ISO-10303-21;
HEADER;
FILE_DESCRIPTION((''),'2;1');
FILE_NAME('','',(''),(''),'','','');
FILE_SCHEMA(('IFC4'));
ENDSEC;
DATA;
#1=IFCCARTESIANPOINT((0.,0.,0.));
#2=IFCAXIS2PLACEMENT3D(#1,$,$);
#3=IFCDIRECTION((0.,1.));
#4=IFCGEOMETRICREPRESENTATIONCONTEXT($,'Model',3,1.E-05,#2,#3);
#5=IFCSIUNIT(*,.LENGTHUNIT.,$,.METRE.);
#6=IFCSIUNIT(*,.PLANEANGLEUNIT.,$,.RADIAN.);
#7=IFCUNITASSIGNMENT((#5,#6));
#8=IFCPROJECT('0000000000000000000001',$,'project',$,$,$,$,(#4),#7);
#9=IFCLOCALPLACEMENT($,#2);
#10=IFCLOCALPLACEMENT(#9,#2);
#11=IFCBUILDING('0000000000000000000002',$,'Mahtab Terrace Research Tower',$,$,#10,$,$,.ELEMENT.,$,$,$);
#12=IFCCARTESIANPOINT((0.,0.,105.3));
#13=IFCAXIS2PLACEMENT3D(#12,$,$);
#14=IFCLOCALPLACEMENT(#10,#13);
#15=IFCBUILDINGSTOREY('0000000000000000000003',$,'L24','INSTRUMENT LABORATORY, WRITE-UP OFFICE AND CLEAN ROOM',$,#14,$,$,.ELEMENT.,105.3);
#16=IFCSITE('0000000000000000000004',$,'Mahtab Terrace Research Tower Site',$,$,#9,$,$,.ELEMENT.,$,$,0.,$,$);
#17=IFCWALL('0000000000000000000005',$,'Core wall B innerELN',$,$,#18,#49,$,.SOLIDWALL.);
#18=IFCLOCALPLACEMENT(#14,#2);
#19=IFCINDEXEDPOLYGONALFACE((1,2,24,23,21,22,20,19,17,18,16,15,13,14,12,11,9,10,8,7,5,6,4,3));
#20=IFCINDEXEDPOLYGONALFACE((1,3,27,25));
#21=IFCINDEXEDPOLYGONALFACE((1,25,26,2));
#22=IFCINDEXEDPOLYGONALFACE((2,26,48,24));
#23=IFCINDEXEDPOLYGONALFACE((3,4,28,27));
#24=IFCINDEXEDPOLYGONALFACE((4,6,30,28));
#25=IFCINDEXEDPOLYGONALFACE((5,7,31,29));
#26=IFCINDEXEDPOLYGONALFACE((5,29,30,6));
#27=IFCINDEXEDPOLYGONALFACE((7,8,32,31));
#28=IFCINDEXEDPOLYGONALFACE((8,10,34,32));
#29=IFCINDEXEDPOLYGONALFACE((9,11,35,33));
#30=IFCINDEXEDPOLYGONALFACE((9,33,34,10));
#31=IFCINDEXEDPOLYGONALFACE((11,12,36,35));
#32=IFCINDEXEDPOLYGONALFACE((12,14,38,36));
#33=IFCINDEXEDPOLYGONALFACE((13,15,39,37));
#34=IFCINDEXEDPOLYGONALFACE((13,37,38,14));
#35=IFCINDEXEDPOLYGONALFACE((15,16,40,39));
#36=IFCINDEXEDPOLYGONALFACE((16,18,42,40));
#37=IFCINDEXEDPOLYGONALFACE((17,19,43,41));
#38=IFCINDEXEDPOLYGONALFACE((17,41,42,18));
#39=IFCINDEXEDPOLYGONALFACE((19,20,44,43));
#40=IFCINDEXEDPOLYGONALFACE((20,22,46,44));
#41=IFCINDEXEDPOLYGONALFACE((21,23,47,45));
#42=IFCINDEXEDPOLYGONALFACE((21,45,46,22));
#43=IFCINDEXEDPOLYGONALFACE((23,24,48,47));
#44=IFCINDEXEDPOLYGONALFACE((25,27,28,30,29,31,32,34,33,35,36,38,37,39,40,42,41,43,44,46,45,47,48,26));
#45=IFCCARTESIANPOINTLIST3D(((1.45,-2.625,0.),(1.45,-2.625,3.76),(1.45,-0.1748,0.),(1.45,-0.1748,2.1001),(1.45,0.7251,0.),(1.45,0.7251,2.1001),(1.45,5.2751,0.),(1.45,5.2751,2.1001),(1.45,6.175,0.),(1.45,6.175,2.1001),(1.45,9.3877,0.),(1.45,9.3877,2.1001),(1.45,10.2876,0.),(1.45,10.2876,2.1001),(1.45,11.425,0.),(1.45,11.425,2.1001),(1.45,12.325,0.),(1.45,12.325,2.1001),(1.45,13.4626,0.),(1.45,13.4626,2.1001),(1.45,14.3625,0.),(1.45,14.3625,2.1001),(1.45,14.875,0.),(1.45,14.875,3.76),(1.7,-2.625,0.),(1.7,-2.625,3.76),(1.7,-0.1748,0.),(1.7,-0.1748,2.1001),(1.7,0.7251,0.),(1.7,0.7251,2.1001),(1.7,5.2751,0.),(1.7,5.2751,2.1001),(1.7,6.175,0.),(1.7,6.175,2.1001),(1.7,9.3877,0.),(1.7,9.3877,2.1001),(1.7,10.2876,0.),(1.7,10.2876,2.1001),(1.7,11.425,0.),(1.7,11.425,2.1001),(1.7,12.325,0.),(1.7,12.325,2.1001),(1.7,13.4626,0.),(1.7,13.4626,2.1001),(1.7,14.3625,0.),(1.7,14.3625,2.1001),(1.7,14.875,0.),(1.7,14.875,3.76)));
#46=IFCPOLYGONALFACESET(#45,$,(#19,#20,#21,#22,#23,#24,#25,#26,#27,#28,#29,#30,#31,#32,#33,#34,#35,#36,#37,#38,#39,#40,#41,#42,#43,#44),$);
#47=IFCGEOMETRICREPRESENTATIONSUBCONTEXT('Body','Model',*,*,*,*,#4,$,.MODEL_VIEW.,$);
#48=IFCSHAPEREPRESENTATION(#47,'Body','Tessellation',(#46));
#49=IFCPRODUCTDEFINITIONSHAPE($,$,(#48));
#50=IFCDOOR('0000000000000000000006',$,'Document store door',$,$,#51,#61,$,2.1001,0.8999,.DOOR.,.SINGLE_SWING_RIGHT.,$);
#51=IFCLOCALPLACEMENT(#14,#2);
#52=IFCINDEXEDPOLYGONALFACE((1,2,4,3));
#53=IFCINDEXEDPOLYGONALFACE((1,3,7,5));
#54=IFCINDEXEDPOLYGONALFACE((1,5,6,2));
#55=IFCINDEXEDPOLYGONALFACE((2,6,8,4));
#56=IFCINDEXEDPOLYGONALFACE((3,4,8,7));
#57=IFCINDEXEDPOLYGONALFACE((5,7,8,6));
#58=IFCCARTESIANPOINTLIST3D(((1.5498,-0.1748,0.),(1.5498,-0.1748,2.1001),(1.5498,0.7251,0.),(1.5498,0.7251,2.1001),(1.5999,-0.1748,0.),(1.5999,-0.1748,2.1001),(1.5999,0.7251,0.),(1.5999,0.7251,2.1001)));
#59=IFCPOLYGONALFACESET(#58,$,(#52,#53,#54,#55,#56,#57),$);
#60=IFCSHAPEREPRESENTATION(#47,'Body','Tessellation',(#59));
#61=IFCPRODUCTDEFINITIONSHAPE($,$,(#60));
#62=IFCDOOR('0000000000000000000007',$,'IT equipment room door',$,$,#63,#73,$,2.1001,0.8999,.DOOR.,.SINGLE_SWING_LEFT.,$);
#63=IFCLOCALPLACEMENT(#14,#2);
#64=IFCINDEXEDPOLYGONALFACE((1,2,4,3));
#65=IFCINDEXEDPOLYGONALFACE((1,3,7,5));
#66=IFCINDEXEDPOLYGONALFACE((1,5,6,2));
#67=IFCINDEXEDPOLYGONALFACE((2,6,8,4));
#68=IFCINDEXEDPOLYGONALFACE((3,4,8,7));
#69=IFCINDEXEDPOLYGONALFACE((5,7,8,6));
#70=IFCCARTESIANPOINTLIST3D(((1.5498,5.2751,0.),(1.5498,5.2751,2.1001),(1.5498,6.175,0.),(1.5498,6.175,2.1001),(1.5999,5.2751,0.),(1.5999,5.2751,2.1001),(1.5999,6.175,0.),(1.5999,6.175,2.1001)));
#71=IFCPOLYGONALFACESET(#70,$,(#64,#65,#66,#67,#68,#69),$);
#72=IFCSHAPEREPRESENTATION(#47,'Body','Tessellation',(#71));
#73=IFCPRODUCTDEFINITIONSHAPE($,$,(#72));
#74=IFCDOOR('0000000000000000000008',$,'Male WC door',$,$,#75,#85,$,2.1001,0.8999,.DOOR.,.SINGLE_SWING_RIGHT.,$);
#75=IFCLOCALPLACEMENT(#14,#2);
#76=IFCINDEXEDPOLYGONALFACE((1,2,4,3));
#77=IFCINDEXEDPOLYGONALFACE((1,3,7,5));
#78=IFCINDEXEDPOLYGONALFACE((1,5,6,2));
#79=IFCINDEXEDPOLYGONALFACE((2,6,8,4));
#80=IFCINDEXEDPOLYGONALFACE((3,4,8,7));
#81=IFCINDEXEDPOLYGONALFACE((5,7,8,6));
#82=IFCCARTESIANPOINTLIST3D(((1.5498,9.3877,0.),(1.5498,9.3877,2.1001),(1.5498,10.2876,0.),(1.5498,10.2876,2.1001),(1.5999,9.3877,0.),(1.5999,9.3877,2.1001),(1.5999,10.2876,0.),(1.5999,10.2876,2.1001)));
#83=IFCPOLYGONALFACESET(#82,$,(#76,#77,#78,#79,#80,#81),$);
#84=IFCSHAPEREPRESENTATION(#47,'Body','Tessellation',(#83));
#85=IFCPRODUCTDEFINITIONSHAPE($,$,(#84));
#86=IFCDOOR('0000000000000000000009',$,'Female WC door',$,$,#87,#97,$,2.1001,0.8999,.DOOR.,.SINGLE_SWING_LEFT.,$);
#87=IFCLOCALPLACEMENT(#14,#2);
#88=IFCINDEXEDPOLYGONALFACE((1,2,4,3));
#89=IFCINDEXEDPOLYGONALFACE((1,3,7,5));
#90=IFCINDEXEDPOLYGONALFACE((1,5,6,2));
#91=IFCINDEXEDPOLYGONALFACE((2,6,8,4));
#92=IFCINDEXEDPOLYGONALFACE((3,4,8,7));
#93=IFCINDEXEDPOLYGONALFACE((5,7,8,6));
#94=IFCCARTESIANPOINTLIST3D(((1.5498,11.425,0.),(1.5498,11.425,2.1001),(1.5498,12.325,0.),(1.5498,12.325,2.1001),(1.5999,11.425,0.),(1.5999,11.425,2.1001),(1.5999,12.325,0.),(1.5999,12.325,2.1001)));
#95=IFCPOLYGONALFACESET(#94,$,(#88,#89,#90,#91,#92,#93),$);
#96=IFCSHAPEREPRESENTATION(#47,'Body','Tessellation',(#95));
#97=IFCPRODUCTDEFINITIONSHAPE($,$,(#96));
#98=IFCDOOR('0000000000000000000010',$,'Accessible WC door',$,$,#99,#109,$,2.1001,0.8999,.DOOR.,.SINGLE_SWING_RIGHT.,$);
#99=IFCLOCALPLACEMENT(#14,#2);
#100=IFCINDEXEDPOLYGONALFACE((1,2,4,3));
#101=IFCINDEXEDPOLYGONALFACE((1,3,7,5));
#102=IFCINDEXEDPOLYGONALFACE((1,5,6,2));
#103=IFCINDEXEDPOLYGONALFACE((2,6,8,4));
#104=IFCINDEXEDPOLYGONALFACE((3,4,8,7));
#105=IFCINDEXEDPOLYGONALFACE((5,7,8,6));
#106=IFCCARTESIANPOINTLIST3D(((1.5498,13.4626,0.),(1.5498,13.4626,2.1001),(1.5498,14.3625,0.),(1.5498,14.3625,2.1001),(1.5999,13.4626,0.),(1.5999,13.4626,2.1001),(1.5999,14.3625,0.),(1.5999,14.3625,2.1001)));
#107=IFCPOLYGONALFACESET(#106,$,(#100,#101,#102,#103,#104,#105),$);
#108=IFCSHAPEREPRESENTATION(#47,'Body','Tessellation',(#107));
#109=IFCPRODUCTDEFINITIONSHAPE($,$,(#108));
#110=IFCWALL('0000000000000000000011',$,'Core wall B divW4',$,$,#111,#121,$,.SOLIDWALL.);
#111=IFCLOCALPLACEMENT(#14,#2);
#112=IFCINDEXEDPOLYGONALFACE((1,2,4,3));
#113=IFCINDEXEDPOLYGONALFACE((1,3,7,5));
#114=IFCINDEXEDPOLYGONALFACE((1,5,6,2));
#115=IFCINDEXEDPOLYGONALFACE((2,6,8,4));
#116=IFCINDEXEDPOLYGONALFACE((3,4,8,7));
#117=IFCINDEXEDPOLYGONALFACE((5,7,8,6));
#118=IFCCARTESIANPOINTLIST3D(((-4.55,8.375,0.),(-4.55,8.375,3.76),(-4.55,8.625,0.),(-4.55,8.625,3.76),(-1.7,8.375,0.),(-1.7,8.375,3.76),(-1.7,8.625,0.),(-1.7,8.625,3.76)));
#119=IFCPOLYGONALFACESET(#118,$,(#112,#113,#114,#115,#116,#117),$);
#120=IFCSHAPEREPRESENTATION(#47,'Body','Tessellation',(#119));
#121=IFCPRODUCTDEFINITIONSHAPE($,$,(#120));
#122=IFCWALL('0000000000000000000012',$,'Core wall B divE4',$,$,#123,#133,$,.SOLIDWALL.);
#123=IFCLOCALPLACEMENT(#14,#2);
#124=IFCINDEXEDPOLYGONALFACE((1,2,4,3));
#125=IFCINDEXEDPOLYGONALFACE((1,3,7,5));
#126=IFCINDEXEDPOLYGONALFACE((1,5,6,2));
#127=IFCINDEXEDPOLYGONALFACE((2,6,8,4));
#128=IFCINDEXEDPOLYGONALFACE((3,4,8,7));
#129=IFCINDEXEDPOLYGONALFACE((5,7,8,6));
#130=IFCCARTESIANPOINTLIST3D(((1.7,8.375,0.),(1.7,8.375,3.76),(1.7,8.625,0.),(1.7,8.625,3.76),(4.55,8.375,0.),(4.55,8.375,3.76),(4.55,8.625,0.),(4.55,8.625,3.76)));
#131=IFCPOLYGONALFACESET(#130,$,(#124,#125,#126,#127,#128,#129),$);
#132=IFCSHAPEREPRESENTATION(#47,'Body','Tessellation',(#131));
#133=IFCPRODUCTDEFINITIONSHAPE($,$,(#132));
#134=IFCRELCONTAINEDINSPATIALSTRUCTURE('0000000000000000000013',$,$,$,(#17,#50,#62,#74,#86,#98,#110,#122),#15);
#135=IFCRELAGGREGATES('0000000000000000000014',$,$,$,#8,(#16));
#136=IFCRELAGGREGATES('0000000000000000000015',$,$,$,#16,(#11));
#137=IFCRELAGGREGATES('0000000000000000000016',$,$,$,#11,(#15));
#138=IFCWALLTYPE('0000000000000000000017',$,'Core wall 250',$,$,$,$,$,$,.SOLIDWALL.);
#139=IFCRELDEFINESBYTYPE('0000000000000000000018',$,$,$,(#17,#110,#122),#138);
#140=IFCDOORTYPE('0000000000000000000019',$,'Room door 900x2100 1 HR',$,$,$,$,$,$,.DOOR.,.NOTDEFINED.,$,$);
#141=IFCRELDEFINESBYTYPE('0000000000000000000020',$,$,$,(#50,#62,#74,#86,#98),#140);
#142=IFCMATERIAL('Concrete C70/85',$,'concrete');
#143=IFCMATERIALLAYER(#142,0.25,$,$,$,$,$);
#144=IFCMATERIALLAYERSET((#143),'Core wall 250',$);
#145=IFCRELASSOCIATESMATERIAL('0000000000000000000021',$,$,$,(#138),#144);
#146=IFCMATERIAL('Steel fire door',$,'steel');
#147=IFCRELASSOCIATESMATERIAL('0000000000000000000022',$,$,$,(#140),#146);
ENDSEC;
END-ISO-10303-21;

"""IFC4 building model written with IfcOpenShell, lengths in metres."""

from ifc_helpers import new_model, si_unit, direction, frame, frame_2d, origin, place, context, subcontext, project, spatial, rectangle, extrude, material, layer, layer_set, type_object, element, fill, save


model = new_model("IFC4")

# Units and contexts
model_context = context("Model", 3, precision=1e-05, world=origin(), true_north=direction((0.0, 1.0)))
body_context = subcontext(model_context, "Body", "Model", "MODEL_VIEW")
ifc_project = project(units=[si_unit("LENGTHUNIT", "METRE"), si_unit("PLANEANGLEUNIT", "RADIAN")], contexts=[model_context])

# Site, building, storey
site_placement = place(None, origin())
site = spatial("IfcSite", under=ifc_project, at=site_placement, Name="Mahtab Terrace Research Tower Site", CompositionType="ELEMENT", RefElevation=0.0)
building_placement = place(site_placement, origin())
building = spatial("IfcBuilding", under=site, at=building_placement, Name="Mahtab Terrace Research Tower", CompositionType="ELEMENT")
storey_placement = place(building_placement, frame((0.0, 0.0, 105.3)))
storey = spatial("IfcBuildingStorey", under=building, at=storey_placement, Name="L24", Description="INSTRUMENT LABORATORY, WRITE-UP OFFICE AND CLEAN ROOM", CompositionType="ELEMENT", Elevation=105.3)

# Shared definitions
ifc_material_1 = material(Name="Concrete C70/85", Category="concrete")

# Shared definitions
ifc_layer_1 = layer(ifc_material_1, 0.25)
ifc_layer_set_1 = layer_set([ifc_layer_1], Name="Core wall 250")
wall_type_1 = type_object("IfcWallType", Name="Core wall 250", PredefinedType="SOLIDWALL", material=ifc_layer_set_1)

# Shared definitions
ifc_material_2 = material(Name="Steel fire door", Category="steel")

# Wall, openings, doors
wall_1_placement = place(storey_placement, frame((1.575, 14.875, 0.0), z_axis=(0.0, 0.0, 1.0), x_axis=(0.0, -1.0, 0.0)))
wall_1 = element("IfcWall", 1, at=wall_1_placement, inside=storey, type_object=wall_type_1, Name="Core wall B innerELN", PredefinedType="SOLIDWALL", context=body_context, shape_type="SweptSolid", body=[
    extrude(rectangle(XDim=17.5, YDim=0.25, at=frame_2d((8.75, 0.0))), origin(), (0.0, 0.0, 1.0), 3.76),
])
opening_1_placement = place(wall_1_placement, frame((14.1499, 0.0, 0.0)))
opening_1 = element("IfcOpeningElement", 2, at=opening_1_placement, cuts=wall_1, PredefinedType="OPENING", context=body_context, shape_type="SweptSolid", body=[
    extrude(rectangle(XDim=0.8999, YDim=2.1001, at=frame_2d((0.45, 1.05))), frame((0.0, 0.135, 0.0), z_axis=(0.0, -1.0, 0.0), x_axis=(1.0, 0.0, 0.0)), (0.0, 0.0, 1.0), 0.27),
])
opening_2_placement = place(wall_1_placement, frame((8.7, 0.0, 0.0)))
opening_2 = element("IfcOpeningElement", 3, at=opening_2_placement, cuts=wall_1, PredefinedType="OPENING", context=body_context, shape_type="SweptSolid", body=[
    extrude(rectangle(XDim=0.8999, YDim=2.1001, at=frame_2d((0.45, 1.05))), frame((0.0, 0.135, 0.0), z_axis=(0.0, -1.0, 0.0), x_axis=(1.0, 0.0, 0.0)), (0.0, 0.0, 1.0), 0.27),
])
opening_3_placement = place(wall_1_placement, frame((4.5874, 0.0, 0.0)))
opening_3 = element("IfcOpeningElement", 4, at=opening_3_placement, cuts=wall_1, PredefinedType="OPENING", context=body_context, shape_type="SweptSolid", body=[
    extrude(rectangle(XDim=0.8999, YDim=2.1001, at=frame_2d((0.45, 1.05))), frame((0.0, 0.135, 0.0), z_axis=(0.0, -1.0, 0.0), x_axis=(1.0, 0.0, 0.0)), (0.0, 0.0, 1.0), 0.27),
])
opening_4_placement = place(wall_1_placement, frame((2.55, 0.0, 0.0)))
opening_4 = element("IfcOpeningElement", 5, at=opening_4_placement, cuts=wall_1, PredefinedType="OPENING", context=body_context, shape_type="SweptSolid", body=[
    extrude(rectangle(XDim=0.8999, YDim=2.1001, at=frame_2d((0.45, 1.05))), frame((0.0, 0.135, 0.0), z_axis=(0.0, -1.0, 0.0), x_axis=(1.0, 0.0, 0.0)), (0.0, 0.0, 1.0), 0.27),
])
opening_5_placement = place(wall_1_placement, frame((0.5125, 0.0, 0.0)))
opening_5 = element("IfcOpeningElement", 6, at=opening_5_placement, cuts=wall_1, PredefinedType="OPENING", context=body_context, shape_type="SweptSolid", body=[
    extrude(rectangle(XDim=0.8999, YDim=2.1001, at=frame_2d((0.45, 1.05))), frame((0.0, 0.135, 0.0), z_axis=(0.0, -1.0, 0.0), x_axis=(1.0, 0.0, 0.0)), (0.0, 0.0, 1.0), 0.27),
])
door_type_1 = type_object("IfcDoorType", Name="Room door 900x2100 1 HR", OperationType="NOTDEFINED", PredefinedType="DOOR", material=ifc_material_2)
door_1_placement = place(opening_1_placement, origin())
door_1 = element("IfcDoor", 7, at=door_1_placement, inside=storey, type_object=door_type_1, Name="Document store door", OperationType="SINGLE_SWING_RIGHT", OverallHeight=2.1001, OverallWidth=0.8999, PredefinedType="DOOR", context=body_context, shape_type="SweptSolid", body=[
    extrude(rectangle(XDim=0.8999, YDim=2.1001, at=frame_2d((0.45, 1.05))), frame((0.0, 0.0249, 0.0), z_axis=(0.0, -1.0, 0.0), x_axis=(1.0, 0.0, 0.0)), (0.0, 0.0, 1.0), 0.05),
])
fill(opening_1, door_1)
door_2_placement = place(opening_2_placement, origin())
door_2 = element("IfcDoor", 8, at=door_2_placement, inside=storey, type_object=door_type_1, Name="IT equipment room door", OperationType="SINGLE_SWING_LEFT", OverallHeight=2.1001, OverallWidth=0.8999, PredefinedType="DOOR", context=body_context, shape_type="SweptSolid", body=[
    extrude(rectangle(XDim=0.8999, YDim=2.1001, at=frame_2d((0.45, 1.05))), frame((0.0, 0.0249, 0.0), z_axis=(0.0, -1.0, 0.0), x_axis=(1.0, 0.0, 0.0)), (0.0, 0.0, 1.0), 0.05),
])
fill(opening_2, door_2)
door_3_placement = place(opening_3_placement, origin())
door_3 = element("IfcDoor", 9, at=door_3_placement, inside=storey, type_object=door_type_1, Name="Male WC door", OperationType="SINGLE_SWING_RIGHT", OverallHeight=2.1001, OverallWidth=0.8999, PredefinedType="DOOR", context=body_context, shape_type="SweptSolid", body=[
    extrude(rectangle(XDim=0.8999, YDim=2.1001, at=frame_2d((0.45, 1.05))), frame((0.0, 0.0249, 0.0), z_axis=(0.0, -1.0, 0.0), x_axis=(1.0, 0.0, 0.0)), (0.0, 0.0, 1.0), 0.05),
])
fill(opening_3, door_3)
door_4_placement = place(opening_4_placement, origin())
door_4 = element("IfcDoor", 10, at=door_4_placement, inside=storey, type_object=door_type_1, Name="Female WC door", OperationType="SINGLE_SWING_LEFT", OverallHeight=2.1001, OverallWidth=0.8999, PredefinedType="DOOR", context=body_context, shape_type="SweptSolid", body=[
    extrude(rectangle(XDim=0.8999, YDim=2.1001, at=frame_2d((0.45, 1.05))), frame((0.0, 0.0249, 0.0), z_axis=(0.0, -1.0, 0.0), x_axis=(1.0, 0.0, 0.0)), (0.0, 0.0, 1.0), 0.05),
])
fill(opening_4, door_4)
door_5_placement = place(opening_5_placement, origin())
door_5 = element("IfcDoor", 11, at=door_5_placement, inside=storey, type_object=door_type_1, Name="Accessible WC door", OperationType="SINGLE_SWING_RIGHT", OverallHeight=2.1001, OverallWidth=0.8999, PredefinedType="DOOR", context=body_context, shape_type="SweptSolid", body=[
    extrude(rectangle(XDim=0.8999, YDim=2.1001, at=frame_2d((0.45, 1.05))), frame((0.0, 0.0249, 0.0), z_axis=(0.0, -1.0, 0.0), x_axis=(1.0, 0.0, 0.0)), (0.0, 0.0, 1.0), 0.05),
])
fill(opening_5, door_5)

# Walls
for number, where, z_axis, x_axis, name in (
    (12, (-4.55, 8.5, 0.0), (0.0, 0.0, 1.0), (1.0, 0.0, 0.0), "Core wall B divW4"),
    (13, (1.7, 8.5, 0.0), (0.0, 0.0, 1.0), (1.0, 0.0, 0.0), "Core wall B divE4"),
):
    element("IfcWall", number, at=place(storey_placement, frame(where, z_axis=z_axis, x_axis=x_axis)), inside=storey, type_object=wall_type_1, Name=name, PredefinedType="SOLIDWALL", context=body_context, shape_type="SweptSolid", body=[
        extrude(rectangle(XDim=2.8501, YDim=0.25, at=frame_2d((1.425, 0.0))), origin(), (0.0, 0.0, 1.0), 3.76),
    ])

save(model, "model.ifc")
